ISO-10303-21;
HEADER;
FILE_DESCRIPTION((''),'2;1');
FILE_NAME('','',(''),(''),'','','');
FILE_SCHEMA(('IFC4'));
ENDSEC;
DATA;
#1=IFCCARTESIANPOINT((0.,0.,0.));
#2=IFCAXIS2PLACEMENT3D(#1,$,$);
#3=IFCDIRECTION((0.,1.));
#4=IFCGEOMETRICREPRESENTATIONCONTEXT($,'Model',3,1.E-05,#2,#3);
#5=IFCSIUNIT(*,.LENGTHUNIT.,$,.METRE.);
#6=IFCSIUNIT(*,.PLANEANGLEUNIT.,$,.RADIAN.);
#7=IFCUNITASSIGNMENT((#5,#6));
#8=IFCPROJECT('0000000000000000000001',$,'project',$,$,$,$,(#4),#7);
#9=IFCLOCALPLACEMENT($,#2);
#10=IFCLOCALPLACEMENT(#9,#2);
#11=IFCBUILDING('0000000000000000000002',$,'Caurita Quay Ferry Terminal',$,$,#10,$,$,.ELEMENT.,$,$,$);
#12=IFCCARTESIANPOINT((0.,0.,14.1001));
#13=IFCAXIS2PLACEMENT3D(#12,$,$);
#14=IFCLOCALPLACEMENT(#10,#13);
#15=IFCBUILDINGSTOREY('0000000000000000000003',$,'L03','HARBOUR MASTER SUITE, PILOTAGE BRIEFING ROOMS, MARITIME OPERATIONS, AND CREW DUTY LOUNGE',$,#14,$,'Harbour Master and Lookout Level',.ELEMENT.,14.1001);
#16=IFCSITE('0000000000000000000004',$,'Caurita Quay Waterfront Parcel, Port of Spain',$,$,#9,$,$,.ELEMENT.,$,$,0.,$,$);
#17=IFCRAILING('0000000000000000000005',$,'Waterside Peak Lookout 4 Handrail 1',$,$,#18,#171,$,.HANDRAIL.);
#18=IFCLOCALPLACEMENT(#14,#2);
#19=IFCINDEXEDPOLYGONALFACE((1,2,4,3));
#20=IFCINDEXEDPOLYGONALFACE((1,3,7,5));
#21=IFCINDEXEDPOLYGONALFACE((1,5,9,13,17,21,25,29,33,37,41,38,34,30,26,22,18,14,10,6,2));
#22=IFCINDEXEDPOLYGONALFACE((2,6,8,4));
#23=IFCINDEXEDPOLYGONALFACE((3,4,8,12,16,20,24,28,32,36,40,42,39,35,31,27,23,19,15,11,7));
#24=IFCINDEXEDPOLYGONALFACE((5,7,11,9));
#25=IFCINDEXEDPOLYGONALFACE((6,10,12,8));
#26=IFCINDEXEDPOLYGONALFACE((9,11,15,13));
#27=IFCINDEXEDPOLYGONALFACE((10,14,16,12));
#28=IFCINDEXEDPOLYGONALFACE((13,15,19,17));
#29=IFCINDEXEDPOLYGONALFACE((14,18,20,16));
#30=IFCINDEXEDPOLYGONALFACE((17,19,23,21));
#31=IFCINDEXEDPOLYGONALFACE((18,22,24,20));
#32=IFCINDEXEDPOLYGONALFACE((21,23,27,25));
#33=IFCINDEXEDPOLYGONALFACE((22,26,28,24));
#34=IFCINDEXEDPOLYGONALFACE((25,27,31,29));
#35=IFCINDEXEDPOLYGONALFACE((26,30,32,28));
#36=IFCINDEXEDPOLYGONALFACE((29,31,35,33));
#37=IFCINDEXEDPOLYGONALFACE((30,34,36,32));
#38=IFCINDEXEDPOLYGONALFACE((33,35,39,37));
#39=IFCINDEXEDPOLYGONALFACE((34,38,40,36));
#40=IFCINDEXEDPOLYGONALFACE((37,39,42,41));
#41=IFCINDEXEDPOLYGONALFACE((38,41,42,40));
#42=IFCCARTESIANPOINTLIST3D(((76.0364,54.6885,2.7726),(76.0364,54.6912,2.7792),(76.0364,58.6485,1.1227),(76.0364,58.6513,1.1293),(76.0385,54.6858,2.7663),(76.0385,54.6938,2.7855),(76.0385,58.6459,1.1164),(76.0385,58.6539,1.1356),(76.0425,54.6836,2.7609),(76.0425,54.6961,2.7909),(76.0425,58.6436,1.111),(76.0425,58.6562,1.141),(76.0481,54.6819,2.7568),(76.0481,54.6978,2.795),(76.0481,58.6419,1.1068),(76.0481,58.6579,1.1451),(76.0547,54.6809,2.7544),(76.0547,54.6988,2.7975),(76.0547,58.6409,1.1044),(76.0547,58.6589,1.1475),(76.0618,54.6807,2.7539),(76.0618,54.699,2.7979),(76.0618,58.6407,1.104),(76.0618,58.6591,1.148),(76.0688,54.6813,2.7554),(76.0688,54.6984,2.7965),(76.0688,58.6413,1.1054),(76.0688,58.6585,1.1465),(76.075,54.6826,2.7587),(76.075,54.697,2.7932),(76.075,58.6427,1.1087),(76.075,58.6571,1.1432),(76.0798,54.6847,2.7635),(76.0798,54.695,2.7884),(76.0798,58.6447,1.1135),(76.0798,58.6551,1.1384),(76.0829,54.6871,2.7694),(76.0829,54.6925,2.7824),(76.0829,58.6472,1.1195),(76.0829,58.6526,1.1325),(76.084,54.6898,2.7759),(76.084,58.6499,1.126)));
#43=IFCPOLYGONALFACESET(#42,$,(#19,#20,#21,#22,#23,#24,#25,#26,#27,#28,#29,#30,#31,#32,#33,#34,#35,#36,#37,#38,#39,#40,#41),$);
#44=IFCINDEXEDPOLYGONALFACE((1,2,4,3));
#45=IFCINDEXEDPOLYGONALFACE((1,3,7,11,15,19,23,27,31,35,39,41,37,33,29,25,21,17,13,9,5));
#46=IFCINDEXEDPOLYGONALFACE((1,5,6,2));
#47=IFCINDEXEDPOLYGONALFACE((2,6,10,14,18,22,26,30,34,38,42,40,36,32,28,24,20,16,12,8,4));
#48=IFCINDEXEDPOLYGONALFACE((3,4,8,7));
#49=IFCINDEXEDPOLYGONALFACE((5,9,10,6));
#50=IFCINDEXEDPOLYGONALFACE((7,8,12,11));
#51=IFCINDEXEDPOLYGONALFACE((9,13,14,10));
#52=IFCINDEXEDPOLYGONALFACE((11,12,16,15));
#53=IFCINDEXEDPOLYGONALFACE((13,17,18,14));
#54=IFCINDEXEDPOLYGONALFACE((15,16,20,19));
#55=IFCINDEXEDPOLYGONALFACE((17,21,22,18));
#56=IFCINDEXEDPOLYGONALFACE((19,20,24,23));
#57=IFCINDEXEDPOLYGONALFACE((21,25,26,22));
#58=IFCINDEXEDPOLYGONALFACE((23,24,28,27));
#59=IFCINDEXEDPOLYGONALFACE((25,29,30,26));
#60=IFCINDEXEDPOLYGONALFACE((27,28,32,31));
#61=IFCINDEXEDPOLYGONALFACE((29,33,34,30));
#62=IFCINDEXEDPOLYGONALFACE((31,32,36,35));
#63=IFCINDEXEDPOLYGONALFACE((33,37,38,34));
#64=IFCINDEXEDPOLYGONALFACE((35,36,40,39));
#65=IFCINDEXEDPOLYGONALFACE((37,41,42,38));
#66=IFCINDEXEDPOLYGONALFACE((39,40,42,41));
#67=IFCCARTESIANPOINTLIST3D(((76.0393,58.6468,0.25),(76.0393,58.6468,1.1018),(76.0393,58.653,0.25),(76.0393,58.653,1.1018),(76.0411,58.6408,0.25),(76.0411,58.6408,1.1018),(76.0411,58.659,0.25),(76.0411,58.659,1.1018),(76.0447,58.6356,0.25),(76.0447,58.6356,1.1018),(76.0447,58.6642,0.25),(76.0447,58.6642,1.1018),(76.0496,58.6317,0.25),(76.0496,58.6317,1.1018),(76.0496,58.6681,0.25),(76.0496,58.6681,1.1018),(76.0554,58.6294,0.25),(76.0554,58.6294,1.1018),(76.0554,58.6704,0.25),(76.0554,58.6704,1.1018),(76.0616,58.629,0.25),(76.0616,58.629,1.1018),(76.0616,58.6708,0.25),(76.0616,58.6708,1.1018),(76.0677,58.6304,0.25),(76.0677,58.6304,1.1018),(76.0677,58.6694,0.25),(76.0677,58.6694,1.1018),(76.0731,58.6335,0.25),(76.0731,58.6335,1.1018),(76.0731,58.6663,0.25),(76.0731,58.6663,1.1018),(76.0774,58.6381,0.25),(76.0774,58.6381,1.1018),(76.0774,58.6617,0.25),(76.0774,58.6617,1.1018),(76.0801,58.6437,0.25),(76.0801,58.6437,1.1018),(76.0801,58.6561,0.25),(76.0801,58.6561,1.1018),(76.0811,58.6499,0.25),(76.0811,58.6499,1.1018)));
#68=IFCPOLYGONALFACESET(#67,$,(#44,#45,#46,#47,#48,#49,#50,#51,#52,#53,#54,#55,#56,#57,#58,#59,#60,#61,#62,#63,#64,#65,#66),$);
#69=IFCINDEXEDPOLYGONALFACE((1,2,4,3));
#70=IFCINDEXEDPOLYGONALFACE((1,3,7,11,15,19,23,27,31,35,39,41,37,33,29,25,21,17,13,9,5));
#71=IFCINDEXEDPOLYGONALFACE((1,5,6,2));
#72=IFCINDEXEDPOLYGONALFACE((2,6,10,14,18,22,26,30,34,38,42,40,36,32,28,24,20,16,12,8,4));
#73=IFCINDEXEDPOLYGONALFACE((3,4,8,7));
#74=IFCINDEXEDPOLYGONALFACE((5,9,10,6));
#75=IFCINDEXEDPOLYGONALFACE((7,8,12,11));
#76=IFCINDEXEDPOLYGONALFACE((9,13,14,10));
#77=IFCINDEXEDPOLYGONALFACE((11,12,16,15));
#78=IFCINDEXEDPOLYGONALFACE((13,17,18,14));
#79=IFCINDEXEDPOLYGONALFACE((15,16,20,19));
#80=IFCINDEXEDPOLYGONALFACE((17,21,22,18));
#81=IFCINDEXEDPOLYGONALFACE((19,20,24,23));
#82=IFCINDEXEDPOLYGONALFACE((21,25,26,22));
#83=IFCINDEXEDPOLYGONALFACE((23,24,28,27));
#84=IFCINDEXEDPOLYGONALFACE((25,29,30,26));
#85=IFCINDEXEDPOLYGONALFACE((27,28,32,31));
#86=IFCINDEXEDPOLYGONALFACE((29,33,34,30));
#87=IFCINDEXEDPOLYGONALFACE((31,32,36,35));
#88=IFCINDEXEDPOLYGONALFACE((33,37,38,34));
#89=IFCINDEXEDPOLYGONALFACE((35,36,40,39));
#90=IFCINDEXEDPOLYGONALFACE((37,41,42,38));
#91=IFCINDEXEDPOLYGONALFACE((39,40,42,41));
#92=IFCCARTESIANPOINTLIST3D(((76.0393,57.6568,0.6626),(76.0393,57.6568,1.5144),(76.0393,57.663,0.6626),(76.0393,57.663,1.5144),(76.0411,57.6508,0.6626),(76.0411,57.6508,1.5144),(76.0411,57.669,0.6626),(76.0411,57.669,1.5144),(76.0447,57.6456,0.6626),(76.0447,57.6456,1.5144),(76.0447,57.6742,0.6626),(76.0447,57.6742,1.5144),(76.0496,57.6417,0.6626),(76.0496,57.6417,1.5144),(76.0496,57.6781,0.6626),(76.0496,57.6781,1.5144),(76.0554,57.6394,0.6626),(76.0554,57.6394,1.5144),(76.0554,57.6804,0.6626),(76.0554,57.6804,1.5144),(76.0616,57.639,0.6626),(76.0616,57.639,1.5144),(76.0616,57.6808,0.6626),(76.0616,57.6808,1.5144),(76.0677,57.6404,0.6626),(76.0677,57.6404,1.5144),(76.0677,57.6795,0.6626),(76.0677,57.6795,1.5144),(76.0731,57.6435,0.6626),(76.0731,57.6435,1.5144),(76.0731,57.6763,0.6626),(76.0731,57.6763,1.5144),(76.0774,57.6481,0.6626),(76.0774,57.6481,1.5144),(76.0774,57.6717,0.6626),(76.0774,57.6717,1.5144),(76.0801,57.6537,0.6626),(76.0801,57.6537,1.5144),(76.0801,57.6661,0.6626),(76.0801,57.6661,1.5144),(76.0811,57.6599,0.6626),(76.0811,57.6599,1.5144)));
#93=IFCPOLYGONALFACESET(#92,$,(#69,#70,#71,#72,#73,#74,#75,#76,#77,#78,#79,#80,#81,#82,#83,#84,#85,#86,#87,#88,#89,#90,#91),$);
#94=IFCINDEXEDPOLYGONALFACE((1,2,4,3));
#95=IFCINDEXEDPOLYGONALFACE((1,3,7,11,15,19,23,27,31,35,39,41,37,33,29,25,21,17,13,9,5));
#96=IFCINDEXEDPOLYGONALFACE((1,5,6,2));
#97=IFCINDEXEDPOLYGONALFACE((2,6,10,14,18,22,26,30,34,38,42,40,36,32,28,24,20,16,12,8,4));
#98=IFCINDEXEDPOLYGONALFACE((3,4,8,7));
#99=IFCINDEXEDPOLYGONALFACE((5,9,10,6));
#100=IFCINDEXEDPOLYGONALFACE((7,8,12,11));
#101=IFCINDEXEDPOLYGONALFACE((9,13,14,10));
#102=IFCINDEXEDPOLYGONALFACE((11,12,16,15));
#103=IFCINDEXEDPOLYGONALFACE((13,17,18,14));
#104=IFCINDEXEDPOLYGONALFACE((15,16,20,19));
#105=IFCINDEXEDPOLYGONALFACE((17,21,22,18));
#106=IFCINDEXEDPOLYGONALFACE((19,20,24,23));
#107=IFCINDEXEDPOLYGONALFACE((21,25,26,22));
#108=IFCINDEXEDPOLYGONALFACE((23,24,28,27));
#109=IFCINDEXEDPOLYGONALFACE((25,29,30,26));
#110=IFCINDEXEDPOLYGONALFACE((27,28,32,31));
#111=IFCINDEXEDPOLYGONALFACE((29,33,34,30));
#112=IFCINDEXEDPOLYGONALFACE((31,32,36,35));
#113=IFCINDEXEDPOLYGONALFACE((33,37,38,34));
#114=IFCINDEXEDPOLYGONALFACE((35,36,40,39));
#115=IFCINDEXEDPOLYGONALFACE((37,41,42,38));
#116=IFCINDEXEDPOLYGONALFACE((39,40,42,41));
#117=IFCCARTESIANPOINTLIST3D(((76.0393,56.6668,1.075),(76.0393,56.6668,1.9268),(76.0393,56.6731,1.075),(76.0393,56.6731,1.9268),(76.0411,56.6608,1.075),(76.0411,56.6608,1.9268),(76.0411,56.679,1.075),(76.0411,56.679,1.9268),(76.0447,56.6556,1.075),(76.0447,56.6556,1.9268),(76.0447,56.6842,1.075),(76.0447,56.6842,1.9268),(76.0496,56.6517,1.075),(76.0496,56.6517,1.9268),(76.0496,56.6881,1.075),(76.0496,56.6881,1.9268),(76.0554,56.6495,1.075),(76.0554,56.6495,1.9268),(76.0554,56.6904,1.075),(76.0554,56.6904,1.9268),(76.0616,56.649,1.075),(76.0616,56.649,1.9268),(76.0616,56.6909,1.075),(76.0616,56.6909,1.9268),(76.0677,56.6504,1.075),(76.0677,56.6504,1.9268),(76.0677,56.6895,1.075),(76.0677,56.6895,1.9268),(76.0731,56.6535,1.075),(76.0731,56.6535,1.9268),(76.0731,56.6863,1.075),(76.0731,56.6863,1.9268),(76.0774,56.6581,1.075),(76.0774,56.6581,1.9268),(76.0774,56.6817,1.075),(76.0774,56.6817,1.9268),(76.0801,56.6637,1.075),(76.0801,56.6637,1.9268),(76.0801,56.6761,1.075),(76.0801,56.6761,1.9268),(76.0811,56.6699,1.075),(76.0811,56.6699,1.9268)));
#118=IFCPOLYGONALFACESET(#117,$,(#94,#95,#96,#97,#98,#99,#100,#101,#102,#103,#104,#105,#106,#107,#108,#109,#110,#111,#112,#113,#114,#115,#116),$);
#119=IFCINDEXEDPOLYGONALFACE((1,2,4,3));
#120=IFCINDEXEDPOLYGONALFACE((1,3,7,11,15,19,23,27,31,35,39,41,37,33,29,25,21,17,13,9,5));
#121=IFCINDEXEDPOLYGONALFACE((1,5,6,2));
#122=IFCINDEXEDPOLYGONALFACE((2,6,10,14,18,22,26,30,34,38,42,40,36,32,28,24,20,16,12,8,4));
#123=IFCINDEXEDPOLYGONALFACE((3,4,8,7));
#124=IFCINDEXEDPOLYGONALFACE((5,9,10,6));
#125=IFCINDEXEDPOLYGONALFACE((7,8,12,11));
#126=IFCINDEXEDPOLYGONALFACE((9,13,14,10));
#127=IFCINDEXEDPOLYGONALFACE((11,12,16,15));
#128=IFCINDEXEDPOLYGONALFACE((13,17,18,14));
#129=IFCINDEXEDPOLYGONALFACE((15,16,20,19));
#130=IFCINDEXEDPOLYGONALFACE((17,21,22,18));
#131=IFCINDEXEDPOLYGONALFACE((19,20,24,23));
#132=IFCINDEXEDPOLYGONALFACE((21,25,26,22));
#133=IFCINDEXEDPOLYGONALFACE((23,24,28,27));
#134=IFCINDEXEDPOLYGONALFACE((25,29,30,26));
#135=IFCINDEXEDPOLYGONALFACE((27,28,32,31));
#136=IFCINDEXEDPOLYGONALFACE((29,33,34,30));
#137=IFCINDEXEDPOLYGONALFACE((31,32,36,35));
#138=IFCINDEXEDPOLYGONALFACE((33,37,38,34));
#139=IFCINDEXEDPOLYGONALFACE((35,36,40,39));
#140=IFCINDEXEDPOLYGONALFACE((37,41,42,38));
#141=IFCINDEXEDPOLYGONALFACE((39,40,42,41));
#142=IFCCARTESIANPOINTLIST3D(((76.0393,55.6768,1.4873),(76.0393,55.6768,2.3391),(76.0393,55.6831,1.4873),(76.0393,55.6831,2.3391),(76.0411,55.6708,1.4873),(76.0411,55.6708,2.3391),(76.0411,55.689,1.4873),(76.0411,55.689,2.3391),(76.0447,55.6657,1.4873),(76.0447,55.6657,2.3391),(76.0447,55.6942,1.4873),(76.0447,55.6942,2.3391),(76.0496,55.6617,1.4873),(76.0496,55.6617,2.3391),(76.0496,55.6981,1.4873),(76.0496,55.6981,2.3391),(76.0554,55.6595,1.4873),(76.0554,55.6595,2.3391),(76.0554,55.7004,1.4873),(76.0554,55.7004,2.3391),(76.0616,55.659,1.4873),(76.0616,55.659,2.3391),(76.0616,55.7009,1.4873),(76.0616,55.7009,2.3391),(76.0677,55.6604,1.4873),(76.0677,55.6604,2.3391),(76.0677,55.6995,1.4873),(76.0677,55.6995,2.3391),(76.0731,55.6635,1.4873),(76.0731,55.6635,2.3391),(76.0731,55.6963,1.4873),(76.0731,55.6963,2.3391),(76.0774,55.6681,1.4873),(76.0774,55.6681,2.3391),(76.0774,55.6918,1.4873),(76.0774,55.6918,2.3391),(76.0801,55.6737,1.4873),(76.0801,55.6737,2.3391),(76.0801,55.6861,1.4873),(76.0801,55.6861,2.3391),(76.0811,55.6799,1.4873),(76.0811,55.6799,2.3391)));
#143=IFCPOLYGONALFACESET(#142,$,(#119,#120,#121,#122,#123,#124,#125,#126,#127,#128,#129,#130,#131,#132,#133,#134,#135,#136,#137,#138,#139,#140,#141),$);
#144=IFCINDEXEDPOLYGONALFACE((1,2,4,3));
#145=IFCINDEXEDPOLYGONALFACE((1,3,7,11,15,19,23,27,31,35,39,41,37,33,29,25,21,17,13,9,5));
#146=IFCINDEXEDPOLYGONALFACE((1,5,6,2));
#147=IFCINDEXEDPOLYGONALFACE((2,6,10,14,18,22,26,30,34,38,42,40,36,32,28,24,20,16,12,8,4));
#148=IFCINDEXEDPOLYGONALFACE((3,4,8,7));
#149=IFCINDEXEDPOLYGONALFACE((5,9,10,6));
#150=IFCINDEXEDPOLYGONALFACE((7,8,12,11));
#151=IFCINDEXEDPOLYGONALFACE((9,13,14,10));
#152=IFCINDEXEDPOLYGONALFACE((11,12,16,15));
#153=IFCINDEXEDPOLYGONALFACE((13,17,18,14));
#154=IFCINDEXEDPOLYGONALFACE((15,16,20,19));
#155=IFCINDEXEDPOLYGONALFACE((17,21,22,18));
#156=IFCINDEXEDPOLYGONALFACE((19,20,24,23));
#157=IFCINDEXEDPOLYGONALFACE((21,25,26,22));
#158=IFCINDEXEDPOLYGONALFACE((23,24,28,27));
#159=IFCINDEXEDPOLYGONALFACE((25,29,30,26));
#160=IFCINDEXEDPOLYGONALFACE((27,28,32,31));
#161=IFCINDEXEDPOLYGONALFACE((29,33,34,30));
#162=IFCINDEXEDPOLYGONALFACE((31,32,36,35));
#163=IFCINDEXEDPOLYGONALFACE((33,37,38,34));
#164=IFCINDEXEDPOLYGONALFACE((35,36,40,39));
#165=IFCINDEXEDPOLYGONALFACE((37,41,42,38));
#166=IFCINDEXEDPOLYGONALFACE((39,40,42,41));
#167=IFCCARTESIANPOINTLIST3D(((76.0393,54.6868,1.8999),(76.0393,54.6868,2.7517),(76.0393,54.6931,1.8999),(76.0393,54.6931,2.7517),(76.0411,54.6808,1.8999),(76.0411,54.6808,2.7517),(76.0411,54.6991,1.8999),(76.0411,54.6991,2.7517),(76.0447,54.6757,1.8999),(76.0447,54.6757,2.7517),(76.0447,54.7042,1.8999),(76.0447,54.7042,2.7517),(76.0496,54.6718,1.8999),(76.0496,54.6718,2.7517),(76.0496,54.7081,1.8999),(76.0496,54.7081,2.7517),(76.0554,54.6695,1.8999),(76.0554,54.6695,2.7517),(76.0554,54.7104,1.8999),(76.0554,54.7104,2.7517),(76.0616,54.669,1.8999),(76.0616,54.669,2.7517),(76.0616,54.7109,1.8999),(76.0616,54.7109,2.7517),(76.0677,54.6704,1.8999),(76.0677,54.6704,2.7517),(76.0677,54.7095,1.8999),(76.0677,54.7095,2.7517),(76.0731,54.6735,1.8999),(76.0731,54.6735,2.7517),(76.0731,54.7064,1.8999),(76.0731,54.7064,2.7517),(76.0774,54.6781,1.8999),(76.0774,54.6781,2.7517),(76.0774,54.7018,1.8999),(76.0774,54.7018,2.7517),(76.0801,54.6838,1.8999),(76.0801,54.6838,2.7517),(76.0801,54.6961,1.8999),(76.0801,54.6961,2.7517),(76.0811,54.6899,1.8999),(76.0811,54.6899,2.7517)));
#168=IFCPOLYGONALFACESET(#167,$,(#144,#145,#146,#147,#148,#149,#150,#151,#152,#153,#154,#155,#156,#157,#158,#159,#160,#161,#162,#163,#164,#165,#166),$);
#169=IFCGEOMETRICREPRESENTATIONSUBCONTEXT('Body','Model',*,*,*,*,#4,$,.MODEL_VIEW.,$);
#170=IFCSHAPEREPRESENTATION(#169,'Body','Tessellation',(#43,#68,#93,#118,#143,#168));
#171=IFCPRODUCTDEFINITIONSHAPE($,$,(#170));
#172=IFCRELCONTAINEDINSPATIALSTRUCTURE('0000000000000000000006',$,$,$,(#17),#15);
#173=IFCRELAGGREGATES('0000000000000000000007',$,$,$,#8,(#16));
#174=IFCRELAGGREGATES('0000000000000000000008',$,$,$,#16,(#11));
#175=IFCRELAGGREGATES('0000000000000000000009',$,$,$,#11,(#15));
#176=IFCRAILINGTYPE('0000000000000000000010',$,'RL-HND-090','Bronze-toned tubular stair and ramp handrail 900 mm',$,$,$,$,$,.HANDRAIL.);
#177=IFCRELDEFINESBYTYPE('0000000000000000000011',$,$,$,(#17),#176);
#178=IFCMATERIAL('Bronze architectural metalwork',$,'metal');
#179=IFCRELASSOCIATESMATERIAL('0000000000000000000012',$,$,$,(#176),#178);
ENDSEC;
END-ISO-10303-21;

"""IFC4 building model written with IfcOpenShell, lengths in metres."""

from ifc_helpers import new_model, si_unit, direction, frame, origin, origin_2d, place, context, subcontext, project, spatial, circle, extrude, material, type_object, element, save


model = new_model("IFC4")

# Units and contexts
model_context = context("Model", 3, precision=1e-05, world=origin(), true_north=direction((0.0, 1.0)))
body_context = subcontext(model_context, "Body", "Model", "MODEL_VIEW")
ifc_project = project(units=[si_unit("LENGTHUNIT", "METRE"), si_unit("PLANEANGLEUNIT", "RADIAN")], contexts=[model_context])

# Site, building, storey
site_placement = place(None, origin())
site = spatial("IfcSite", under=ifc_project, at=site_placement, Name="Caurita Quay Waterfront Parcel, Port of Spain", CompositionType="ELEMENT", RefElevation=0.0)
building_placement = place(site_placement, origin())
building = spatial("IfcBuilding", under=site, at=building_placement, Name="Caurita Quay Ferry Terminal", CompositionType="ELEMENT")
storey_placement = place(building_placement, frame((0.0, 0.0, 14.1001)))
storey = spatial("IfcBuildingStorey", under=building, at=storey_placement, Name="L03", Description="HARBOUR MASTER SUITE, PILOTAGE BRIEFING ROOMS, MARITIME OPERATIONS, AND CREW DUTY LOUNGE", LongName="Harbour Master and Lookout Level", CompositionType="ELEMENT", Elevation=14.1001)

# Railing
ifc_material_1 = material(Name="Bronze architectural metalwork", Category="metal")
railing_type_1 = type_object("IfcRailingType", Name="RL-HND-090", Description="Bronze-toned tubular stair and ramp handrail 900 mm", PredefinedType="HANDRAIL", material=ifc_material_1)
railing_1_placement = place(storey_placement, frame((76.0601, 58.6499, 0.25)))
element("IfcRailing", 1, at=railing_1_placement, inside=storey, type_object=railing_type_1, Name="Waterside Peak Lookout 4 Handrail 1", PredefinedType="HANDRAIL", context=body_context, shape_type="SweptSolid", body=[
    extrude(circle(Radius=0.0239, at=origin_2d()), frame((0.0, 0.0, 0.876), z_axis=(0.0, -0.923084, 0.384599), x_axis=(1.0, 0.0, 0.0)), (0.0, 0.0, 1.0), 4.29),
    extrude(circle(Radius=0.021, at=origin_2d()), origin(), (0.0, 0.0, 1.0), 0.8518),
    extrude(circle(Radius=0.021, at=origin_2d()), frame((0.0, -0.99, 0.4126)), (0.0, 0.0, 1.0), 0.8518),
    extrude(circle(Radius=0.021, at=origin_2d()), frame((0.0, -1.98, 0.825)), (0.0, 0.0, 1.0), 0.8518),
    extrude(circle(Radius=0.021, at=origin_2d()), frame((0.0, -2.97, 1.2373)), (0.0, 0.0, 1.0), 0.8518),
    extrude(circle(Radius=0.021, at=origin_2d()), frame((0.0, -3.96, 1.6499)), (0.0, 0.0, 1.0), 0.8518),
])

save(model, "model.ifc")
